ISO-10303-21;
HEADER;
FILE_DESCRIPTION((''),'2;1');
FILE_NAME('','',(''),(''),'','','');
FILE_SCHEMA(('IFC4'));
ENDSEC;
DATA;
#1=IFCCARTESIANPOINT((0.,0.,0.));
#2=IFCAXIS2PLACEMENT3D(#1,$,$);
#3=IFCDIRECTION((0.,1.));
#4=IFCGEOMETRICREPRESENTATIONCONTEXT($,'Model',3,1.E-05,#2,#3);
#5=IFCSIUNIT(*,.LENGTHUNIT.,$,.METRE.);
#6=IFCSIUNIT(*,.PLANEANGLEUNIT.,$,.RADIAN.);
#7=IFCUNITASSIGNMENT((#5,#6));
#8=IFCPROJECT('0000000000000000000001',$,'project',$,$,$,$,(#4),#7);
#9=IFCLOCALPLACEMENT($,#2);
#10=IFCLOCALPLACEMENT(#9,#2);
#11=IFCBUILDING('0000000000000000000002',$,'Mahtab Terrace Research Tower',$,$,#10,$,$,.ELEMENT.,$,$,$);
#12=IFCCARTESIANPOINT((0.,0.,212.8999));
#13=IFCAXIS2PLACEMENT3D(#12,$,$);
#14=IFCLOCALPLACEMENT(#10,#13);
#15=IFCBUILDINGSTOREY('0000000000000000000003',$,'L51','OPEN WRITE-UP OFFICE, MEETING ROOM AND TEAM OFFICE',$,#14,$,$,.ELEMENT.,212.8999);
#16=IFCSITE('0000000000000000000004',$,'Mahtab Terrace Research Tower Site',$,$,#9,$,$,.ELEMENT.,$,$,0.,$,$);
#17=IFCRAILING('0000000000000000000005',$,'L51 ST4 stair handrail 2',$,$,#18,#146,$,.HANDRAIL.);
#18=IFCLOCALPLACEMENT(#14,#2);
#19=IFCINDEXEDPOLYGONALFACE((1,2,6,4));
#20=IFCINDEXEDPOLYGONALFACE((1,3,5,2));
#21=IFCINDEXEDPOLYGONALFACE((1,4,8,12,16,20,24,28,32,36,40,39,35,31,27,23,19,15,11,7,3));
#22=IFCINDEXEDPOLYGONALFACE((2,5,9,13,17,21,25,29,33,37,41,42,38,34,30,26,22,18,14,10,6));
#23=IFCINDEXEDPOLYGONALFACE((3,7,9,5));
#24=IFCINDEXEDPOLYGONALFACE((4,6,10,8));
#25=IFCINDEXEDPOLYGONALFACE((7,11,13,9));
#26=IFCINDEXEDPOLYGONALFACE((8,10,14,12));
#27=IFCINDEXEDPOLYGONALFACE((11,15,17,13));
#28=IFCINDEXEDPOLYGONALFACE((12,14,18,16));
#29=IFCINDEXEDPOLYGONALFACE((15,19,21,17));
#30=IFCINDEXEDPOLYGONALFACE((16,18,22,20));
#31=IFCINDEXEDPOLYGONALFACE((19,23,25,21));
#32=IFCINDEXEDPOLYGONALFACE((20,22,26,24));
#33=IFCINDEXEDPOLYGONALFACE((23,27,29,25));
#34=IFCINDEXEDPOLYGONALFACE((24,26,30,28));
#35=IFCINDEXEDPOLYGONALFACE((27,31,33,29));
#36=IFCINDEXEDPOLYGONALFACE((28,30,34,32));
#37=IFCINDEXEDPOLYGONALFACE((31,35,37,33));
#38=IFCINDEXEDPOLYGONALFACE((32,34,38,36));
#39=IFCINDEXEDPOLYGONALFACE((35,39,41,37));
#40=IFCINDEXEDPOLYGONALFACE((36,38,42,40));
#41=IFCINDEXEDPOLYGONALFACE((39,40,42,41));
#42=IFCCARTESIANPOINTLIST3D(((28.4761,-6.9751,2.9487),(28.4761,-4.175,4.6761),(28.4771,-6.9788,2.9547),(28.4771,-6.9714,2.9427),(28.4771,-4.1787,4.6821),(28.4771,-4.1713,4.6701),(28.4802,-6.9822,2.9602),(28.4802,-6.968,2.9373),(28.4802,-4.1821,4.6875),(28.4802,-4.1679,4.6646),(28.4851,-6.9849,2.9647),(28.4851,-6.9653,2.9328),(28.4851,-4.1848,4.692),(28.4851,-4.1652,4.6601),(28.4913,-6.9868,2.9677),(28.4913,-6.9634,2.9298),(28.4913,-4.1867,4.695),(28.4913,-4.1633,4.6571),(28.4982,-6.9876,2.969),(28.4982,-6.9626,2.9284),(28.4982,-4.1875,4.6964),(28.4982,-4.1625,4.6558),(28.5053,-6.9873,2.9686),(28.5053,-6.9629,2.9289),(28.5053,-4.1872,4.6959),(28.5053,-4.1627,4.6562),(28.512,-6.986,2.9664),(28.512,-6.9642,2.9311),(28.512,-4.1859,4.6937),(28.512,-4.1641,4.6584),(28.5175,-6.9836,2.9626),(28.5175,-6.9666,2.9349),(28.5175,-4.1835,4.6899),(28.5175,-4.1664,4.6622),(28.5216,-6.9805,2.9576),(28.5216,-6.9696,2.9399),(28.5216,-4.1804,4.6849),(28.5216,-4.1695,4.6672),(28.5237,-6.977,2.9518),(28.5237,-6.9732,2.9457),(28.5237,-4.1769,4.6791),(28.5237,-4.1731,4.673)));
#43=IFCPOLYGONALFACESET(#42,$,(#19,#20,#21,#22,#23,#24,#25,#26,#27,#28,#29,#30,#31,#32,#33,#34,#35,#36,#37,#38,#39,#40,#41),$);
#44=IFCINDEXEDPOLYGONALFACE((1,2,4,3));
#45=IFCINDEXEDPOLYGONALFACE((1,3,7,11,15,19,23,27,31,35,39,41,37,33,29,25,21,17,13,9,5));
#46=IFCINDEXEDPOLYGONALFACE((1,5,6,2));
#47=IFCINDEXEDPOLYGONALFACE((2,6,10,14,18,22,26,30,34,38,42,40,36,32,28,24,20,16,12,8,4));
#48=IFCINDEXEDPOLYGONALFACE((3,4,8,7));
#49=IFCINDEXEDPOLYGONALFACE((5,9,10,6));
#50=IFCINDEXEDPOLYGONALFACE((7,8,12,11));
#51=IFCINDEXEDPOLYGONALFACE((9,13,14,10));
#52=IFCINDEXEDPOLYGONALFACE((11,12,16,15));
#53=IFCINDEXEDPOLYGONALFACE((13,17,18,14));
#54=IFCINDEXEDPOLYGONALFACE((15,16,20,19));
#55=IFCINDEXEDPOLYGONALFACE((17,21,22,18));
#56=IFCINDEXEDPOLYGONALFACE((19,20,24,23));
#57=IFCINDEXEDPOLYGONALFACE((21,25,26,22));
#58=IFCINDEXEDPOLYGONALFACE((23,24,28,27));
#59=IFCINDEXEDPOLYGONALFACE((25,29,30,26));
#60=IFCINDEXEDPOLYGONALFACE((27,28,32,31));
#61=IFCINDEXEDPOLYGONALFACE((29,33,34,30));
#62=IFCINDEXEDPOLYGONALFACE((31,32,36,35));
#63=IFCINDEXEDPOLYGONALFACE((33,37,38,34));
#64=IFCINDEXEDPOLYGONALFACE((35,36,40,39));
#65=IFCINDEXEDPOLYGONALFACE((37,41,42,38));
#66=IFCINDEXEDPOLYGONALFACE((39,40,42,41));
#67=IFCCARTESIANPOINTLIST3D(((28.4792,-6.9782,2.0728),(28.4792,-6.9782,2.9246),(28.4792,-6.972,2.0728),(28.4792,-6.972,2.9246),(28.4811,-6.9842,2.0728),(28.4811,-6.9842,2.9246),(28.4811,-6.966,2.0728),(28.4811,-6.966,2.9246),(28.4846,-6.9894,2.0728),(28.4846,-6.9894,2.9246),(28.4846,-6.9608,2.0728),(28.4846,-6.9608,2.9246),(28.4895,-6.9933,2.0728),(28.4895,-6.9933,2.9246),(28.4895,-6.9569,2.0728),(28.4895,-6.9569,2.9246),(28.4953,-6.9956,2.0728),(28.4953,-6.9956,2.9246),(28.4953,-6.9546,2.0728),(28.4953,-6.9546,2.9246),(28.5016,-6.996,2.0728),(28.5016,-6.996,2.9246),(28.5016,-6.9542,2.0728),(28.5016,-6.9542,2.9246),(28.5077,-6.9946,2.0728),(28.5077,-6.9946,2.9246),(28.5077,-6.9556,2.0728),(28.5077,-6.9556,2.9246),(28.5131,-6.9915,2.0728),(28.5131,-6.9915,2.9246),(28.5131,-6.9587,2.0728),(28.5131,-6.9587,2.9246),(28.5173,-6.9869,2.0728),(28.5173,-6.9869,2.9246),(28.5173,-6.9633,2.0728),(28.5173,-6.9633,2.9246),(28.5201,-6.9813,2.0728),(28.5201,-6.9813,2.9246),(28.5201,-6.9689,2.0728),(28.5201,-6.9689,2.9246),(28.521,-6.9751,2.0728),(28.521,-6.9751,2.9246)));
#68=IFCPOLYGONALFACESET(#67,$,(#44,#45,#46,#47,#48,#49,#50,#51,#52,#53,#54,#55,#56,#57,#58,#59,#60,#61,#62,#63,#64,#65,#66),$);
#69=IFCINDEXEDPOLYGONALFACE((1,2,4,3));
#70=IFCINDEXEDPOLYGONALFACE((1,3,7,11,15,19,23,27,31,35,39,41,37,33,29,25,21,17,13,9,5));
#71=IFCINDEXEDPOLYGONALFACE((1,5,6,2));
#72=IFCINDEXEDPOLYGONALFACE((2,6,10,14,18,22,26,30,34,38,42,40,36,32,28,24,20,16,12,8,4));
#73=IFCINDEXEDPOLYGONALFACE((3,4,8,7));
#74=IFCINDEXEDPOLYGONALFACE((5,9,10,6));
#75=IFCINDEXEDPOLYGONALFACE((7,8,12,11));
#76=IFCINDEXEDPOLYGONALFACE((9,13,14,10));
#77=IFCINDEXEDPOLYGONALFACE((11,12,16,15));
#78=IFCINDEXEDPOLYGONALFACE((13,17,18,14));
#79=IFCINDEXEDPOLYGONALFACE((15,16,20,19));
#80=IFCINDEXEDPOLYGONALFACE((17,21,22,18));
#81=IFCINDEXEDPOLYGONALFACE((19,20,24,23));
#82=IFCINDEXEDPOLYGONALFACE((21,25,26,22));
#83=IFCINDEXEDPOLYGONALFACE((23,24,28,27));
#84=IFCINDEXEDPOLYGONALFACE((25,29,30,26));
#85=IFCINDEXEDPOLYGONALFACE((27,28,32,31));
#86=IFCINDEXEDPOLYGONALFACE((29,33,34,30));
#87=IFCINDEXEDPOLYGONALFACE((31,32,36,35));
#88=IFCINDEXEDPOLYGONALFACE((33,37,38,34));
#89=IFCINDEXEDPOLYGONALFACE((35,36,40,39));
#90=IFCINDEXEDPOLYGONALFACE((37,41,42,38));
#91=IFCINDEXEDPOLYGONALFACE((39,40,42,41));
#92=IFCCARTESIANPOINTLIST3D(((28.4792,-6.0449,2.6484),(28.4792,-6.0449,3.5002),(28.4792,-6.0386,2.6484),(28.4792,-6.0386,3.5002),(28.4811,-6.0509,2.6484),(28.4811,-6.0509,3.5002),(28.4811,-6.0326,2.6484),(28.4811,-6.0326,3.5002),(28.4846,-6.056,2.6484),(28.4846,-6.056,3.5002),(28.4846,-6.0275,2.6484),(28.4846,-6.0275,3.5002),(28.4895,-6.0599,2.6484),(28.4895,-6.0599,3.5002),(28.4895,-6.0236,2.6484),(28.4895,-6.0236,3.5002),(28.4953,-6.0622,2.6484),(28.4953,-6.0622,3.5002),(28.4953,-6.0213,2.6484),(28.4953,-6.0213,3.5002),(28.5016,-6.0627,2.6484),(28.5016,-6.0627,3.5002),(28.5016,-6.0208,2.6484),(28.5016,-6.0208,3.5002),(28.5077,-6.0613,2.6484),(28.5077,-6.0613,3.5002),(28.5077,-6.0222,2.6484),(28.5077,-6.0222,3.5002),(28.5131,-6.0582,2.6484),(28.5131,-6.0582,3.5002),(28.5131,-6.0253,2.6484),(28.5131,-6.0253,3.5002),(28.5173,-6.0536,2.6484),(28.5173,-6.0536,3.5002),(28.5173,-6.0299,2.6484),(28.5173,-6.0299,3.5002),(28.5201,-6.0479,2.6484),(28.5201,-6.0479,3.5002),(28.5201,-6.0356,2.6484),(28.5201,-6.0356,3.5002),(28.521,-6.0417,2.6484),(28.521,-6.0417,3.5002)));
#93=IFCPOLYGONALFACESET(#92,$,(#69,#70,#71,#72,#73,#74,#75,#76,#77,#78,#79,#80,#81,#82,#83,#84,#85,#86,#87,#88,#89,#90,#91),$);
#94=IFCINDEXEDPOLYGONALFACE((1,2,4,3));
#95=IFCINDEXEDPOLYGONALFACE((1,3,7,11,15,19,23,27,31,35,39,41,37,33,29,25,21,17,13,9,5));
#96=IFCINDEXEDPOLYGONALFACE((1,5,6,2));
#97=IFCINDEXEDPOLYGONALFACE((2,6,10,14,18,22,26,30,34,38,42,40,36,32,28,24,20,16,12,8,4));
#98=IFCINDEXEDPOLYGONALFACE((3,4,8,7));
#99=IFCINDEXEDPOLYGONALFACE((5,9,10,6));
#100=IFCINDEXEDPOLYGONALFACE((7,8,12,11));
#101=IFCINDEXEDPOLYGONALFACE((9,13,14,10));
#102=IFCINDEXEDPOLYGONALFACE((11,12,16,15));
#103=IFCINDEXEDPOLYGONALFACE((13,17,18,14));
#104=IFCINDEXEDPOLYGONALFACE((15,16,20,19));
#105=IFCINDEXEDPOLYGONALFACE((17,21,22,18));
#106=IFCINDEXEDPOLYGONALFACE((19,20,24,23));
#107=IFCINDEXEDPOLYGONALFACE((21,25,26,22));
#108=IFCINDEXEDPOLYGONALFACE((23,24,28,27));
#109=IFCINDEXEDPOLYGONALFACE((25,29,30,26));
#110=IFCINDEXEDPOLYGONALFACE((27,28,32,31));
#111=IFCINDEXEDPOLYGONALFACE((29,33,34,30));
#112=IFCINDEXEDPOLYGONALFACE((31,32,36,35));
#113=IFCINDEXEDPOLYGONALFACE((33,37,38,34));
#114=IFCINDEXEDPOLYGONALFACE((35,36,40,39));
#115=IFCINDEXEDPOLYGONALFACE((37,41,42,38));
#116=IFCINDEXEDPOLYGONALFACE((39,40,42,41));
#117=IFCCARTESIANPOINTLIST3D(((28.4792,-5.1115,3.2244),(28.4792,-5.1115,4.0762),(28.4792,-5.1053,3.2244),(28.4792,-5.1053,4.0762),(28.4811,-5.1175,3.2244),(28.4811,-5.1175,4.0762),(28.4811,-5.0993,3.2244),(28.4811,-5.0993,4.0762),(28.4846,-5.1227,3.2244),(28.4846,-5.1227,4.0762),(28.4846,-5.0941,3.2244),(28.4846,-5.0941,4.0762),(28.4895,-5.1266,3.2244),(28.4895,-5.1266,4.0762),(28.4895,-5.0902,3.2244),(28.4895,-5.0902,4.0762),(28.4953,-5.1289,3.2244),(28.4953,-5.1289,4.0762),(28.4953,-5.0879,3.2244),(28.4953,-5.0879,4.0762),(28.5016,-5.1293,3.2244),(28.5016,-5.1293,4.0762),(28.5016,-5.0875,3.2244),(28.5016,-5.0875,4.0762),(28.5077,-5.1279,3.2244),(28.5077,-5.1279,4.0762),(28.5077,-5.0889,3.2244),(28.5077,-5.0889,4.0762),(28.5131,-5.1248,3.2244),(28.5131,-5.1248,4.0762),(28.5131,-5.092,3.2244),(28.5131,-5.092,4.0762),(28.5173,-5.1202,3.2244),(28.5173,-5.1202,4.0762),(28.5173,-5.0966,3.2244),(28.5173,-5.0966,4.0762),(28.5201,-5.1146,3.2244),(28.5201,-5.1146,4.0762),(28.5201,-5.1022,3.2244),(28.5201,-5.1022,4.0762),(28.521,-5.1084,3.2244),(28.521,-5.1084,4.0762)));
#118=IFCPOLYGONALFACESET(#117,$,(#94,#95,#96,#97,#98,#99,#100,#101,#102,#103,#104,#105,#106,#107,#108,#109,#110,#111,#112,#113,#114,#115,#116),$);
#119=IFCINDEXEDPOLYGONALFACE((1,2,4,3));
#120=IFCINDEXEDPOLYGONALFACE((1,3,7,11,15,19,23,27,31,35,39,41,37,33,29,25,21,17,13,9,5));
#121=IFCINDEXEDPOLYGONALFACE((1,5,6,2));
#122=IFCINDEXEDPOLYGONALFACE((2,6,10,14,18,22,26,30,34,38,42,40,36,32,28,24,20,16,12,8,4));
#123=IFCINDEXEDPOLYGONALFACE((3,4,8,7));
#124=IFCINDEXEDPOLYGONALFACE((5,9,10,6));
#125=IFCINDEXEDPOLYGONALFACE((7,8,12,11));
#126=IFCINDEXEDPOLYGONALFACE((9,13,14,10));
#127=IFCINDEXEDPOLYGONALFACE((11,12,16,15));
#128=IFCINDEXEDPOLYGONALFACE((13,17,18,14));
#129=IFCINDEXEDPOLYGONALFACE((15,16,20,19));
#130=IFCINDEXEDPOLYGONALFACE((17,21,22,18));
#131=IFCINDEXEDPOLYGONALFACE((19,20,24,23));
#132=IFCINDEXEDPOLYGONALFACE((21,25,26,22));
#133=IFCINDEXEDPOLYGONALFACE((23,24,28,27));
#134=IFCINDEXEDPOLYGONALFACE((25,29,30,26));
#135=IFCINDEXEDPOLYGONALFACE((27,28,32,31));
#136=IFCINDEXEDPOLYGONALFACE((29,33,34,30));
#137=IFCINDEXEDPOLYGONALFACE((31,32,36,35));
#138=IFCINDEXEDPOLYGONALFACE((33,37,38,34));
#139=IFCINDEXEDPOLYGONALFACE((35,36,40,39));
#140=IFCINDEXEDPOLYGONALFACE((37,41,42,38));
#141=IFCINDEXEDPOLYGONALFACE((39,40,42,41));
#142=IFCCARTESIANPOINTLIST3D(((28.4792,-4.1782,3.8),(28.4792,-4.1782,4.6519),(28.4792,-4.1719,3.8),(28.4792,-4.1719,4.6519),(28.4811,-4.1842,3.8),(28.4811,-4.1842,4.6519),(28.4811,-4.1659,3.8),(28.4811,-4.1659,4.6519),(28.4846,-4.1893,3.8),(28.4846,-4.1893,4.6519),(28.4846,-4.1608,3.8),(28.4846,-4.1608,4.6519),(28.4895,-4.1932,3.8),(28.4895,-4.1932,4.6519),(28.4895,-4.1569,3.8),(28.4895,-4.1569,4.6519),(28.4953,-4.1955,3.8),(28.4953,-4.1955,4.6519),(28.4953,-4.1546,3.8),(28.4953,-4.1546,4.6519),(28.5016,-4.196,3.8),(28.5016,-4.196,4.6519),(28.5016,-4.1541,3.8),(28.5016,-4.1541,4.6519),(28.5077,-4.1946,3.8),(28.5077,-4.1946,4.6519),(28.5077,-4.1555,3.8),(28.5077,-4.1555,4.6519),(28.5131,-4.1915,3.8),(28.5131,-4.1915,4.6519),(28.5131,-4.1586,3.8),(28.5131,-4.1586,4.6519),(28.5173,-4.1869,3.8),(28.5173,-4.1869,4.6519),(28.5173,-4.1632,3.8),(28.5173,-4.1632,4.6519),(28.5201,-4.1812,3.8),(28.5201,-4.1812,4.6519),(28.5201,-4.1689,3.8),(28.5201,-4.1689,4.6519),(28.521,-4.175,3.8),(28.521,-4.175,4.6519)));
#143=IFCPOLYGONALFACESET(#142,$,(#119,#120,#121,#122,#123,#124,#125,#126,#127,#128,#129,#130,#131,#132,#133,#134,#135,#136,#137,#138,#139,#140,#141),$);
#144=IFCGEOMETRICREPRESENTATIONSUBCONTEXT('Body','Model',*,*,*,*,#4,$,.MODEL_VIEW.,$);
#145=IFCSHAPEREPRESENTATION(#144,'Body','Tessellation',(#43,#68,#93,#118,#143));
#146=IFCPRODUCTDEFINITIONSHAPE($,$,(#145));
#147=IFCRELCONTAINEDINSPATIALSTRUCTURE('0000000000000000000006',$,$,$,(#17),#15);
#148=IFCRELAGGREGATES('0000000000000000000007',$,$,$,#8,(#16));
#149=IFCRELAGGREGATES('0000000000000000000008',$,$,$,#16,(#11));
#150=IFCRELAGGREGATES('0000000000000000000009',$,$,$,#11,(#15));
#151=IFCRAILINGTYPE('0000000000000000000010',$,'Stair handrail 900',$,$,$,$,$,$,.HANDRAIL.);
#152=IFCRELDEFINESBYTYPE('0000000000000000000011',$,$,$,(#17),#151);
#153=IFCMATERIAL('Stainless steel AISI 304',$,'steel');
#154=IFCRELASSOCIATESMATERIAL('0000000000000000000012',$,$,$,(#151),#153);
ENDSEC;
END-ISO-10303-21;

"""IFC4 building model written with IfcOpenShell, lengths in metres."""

from ifc_helpers import new_model, si_unit, direction, frame, origin, origin_2d, place, context, subcontext, project, spatial, circle, extrude, material, type_object, element, save


model = new_model("IFC4")

# Units and contexts
model_context = context("Model", 3, precision=1e-05, world=origin(), true_north=direction((0.0, 1.0)))
body_context = subcontext(model_context, "Body", "Model", "MODEL_VIEW")
ifc_project = project(units=[si_unit("LENGTHUNIT", "METRE"), si_unit("PLANEANGLEUNIT", "RADIAN")], contexts=[model_context])

# Site, building, storey
site_placement = place(None, origin())
site = spatial("IfcSite", under=ifc_project, at=site_placement, Name="Mahtab Terrace Research Tower Site", CompositionType="ELEMENT", RefElevation=0.0)
building_placement = place(site_placement, origin())
building = spatial("IfcBuilding", under=site, at=building_placement, Name="Mahtab Terrace Research Tower", CompositionType="ELEMENT")
storey_placement = place(building_placement, frame((0.0, 0.0, 212.8999)))
storey = spatial("IfcBuildingStorey", under=building, at=storey_placement, Name="L51", Description="OPEN WRITE-UP OFFICE, MEETING ROOM AND TEAM OFFICE", CompositionType="ELEMENT", Elevation=212.8999)

# Shared definitions
ifc_material_1 = material(Name="Stainless steel AISI 304", Category="steel")

# Railing
railing_type_1 = type_object("IfcRailingType", Name="Stair handrail 900", PredefinedType="HANDRAIL", material=ifc_material_1)
railing_1_placement = place(storey_placement, frame((28.5, -6.9751, 2.0728)))
element("IfcRailing", 1, at=railing_1_placement, inside=storey, type_object=railing_type_1, Name="L51 ST4 stair handrail 2", PredefinedType="HANDRAIL", context=body_context, shape_type="SweptSolid", body=[
    extrude(circle(Radius=0.0239, at=origin_2d()), frame((0.0, 0.0, 0.876), z_axis=(0.0, 0.85109, 0.52502), x_axis=(-1.0, 0.0, 0.0)), (0.0, 0.0, 1.0), 3.29),
    extrude(circle(Radius=0.021, at=origin_2d()), origin(), (0.0, 0.0, 1.0), 0.8518),
    extrude(circle(Radius=0.021, at=origin_2d()), frame((0.0, 0.9333, 0.5757)), (0.0, 0.0, 1.0), 0.8518),
    extrude(circle(Radius=0.021, at=origin_2d()), frame((0.0, 1.8667, 1.1516)), (0.0, 0.0, 1.0), 0.8518),
    extrude(circle(Radius=0.021, at=origin_2d()), frame((0.0, 2.8, 1.7273)), (0.0, 0.0, 1.0), 0.8518),
])

save(model, "model.ifc")
